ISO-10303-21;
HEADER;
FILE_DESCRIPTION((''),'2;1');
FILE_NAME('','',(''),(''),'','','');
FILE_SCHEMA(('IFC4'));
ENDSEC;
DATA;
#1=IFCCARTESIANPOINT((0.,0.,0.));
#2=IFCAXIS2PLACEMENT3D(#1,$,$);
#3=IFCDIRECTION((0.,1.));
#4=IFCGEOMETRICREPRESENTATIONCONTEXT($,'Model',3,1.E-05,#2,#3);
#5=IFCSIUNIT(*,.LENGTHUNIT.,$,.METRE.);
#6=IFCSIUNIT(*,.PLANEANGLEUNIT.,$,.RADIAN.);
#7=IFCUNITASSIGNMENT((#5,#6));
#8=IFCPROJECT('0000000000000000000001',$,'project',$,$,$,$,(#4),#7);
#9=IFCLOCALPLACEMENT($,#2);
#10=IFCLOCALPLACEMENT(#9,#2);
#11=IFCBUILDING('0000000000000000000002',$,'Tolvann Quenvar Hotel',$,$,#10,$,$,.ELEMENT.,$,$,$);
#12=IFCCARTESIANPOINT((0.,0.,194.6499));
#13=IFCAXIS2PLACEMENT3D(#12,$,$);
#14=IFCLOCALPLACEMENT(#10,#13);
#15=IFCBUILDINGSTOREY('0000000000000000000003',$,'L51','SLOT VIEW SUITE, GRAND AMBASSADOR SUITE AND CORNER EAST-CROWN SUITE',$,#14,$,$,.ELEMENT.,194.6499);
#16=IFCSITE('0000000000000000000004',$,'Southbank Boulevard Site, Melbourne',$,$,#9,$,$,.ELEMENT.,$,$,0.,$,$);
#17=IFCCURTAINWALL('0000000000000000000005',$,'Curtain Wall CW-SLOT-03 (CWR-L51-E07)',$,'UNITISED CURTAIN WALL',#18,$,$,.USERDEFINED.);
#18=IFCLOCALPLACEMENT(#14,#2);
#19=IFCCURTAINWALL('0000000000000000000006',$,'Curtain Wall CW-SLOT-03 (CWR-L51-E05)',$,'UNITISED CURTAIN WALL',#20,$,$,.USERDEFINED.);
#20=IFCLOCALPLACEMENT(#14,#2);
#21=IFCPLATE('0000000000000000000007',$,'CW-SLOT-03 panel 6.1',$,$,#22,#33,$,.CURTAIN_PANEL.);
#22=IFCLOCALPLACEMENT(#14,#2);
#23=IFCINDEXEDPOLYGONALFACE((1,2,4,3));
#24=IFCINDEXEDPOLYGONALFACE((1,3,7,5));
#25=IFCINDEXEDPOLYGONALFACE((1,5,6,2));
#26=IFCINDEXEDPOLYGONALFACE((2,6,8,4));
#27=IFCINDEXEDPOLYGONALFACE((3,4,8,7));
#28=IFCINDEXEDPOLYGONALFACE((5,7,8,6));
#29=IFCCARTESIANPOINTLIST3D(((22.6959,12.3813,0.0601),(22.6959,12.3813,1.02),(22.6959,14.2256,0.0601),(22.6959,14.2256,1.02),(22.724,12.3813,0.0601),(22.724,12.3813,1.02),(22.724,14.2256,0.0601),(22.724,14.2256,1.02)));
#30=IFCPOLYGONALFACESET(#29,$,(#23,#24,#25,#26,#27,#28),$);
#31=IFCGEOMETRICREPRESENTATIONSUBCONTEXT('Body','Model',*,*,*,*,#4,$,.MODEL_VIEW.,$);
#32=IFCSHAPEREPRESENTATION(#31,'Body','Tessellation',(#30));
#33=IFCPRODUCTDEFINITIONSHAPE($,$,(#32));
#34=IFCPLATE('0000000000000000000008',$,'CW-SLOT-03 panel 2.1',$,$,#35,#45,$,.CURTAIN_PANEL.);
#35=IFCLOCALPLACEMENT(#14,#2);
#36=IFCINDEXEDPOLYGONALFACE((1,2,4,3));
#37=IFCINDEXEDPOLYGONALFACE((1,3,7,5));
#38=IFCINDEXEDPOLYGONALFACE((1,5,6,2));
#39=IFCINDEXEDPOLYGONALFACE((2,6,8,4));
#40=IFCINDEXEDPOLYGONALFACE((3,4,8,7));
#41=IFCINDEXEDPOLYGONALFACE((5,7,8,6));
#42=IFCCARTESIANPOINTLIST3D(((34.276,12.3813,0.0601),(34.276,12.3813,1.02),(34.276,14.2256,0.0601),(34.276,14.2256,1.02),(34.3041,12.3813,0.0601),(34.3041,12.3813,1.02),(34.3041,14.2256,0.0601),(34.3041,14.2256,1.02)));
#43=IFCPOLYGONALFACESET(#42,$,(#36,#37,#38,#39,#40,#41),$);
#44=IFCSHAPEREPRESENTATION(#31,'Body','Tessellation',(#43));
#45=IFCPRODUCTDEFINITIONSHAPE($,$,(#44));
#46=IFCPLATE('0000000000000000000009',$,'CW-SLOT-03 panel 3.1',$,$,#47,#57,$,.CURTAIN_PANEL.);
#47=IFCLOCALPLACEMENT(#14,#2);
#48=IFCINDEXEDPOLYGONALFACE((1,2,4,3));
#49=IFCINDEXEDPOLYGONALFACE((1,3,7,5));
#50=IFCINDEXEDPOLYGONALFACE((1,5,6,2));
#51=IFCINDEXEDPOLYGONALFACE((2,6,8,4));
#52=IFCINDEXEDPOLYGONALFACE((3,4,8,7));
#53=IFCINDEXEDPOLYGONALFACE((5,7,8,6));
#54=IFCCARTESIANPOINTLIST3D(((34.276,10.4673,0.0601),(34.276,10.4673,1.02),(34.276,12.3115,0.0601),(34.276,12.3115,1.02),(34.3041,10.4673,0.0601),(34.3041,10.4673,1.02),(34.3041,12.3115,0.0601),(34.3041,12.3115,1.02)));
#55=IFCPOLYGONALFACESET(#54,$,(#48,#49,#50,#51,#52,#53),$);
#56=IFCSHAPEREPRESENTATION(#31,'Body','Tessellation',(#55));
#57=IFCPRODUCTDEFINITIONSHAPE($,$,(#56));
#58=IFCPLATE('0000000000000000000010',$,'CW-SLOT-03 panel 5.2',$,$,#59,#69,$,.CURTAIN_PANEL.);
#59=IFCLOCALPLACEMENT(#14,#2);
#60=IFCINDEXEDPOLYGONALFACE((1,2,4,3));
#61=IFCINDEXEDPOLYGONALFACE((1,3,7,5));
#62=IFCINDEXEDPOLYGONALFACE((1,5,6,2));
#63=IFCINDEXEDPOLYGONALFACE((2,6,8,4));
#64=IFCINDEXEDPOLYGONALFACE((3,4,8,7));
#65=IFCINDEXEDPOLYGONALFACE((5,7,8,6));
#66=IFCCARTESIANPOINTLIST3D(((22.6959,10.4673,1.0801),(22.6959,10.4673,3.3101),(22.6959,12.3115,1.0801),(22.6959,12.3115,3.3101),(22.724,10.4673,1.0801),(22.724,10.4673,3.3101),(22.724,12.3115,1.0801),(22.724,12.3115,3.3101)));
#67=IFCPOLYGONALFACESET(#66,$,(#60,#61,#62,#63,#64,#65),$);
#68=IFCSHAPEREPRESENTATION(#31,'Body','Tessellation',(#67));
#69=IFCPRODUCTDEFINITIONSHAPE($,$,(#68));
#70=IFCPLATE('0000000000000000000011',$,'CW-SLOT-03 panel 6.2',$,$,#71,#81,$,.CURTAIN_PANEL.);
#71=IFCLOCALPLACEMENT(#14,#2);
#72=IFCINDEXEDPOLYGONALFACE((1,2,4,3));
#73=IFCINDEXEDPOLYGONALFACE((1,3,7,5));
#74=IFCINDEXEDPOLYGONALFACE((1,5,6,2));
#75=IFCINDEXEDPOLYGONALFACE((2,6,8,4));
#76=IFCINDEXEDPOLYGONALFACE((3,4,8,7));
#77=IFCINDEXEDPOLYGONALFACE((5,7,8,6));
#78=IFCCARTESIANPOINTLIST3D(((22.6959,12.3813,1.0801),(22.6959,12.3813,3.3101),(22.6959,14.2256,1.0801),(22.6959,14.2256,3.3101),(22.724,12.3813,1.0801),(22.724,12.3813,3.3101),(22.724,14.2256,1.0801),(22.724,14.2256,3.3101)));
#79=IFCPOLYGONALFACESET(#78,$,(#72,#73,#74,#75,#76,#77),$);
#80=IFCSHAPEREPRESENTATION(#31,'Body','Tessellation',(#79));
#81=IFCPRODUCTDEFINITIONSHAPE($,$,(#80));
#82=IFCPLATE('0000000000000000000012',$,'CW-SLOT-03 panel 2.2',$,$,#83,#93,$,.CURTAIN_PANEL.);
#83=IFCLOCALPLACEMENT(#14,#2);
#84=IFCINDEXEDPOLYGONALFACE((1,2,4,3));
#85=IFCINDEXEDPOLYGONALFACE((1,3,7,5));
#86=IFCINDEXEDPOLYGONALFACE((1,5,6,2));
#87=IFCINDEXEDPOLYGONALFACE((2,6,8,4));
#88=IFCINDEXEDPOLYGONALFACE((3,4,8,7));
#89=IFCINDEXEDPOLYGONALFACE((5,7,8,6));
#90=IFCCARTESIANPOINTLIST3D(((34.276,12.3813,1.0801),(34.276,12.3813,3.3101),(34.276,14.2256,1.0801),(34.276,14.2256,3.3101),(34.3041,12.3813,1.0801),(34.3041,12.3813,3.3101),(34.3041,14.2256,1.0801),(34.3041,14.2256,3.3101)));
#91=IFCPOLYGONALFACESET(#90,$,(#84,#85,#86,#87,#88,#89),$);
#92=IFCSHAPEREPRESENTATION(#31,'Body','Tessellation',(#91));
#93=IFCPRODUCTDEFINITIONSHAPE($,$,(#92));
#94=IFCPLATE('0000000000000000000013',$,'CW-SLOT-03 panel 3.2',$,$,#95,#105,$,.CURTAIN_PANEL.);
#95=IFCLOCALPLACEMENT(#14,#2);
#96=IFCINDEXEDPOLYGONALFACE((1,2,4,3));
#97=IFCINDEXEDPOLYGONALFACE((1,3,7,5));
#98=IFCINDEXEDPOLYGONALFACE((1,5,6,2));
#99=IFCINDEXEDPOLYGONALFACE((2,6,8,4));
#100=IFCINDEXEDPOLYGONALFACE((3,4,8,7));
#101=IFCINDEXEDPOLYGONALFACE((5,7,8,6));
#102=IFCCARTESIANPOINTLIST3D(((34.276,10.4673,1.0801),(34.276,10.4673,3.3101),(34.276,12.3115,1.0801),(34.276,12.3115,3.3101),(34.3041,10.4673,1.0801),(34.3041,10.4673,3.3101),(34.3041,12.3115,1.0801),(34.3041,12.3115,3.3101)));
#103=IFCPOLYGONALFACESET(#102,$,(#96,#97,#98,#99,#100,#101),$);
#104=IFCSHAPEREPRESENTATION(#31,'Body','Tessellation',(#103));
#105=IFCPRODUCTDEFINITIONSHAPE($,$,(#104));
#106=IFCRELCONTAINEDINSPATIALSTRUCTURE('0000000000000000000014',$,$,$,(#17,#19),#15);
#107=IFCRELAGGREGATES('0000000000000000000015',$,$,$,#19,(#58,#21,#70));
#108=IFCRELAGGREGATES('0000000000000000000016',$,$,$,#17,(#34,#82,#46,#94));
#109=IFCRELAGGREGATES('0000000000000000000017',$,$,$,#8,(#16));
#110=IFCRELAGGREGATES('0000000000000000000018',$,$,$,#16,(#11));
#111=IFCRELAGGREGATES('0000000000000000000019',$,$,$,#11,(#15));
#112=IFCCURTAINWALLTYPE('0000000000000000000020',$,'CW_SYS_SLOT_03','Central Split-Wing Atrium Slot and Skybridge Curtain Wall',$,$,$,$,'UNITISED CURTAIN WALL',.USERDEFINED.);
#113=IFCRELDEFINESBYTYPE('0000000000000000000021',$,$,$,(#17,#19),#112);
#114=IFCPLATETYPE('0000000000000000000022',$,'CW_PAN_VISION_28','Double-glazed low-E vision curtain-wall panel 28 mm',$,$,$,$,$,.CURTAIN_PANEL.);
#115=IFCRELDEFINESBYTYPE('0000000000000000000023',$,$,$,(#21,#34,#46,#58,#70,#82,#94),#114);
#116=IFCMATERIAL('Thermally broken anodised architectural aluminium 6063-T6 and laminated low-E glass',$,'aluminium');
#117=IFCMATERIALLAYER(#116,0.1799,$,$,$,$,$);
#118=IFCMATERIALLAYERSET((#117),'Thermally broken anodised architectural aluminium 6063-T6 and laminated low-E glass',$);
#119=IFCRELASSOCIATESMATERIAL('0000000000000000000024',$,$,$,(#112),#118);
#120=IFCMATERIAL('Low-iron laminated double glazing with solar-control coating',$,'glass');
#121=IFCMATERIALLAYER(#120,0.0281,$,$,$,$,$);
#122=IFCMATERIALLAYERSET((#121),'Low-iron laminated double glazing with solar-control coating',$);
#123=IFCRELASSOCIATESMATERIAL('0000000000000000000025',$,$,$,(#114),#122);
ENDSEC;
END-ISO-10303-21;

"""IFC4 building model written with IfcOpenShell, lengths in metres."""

from ifc_helpers import new_model, si_unit, direction, frame, origin, origin_2d, place, context, subcontext, project, spatial, rectangle, extrude, source, transform, mapped, material, layer, layer_set, type_object, element, aggregate, save


model = new_model("IFC4")

# Units and contexts
model_context = context("Model", 3, precision=1e-05, world=origin(), true_north=direction((0.0, 1.0)))
body_context = subcontext(model_context, "Body", "Model", "MODEL_VIEW")
ifc_project = project(units=[si_unit("LENGTHUNIT", "METRE"), si_unit("PLANEANGLEUNIT", "RADIAN")], contexts=[model_context])

# Site, building, storey
site_placement = place(None, origin())
site = spatial("IfcSite", under=ifc_project, at=site_placement, Name="Southbank Boulevard Site, Melbourne", CompositionType="ELEMENT", RefElevation=0.0)
building_placement = place(site_placement, origin())
building = spatial("IfcBuilding", under=site, at=building_placement, Name="Tolvann Quenvar Hotel", CompositionType="ELEMENT")
storey_placement = place(building_placement, frame((0.0, 0.0, 194.6499)))
storey = spatial("IfcBuildingStorey", under=building, at=storey_placement, Name="L51", Description="SLOT VIEW SUITE, GRAND AMBASSADOR SUITE AND CORNER EAST-CROWN SUITE", CompositionType="ELEMENT", Elevation=194.6499)

# Curtain walls
ifc_material_1 = material(Name="Thermally broken anodised architectural aluminium 6063-T6 and laminated low-E glass", Category="aluminium")
ifc_layer_1 = layer(ifc_material_1, 0.1799)
ifc_layer_set_1 = layer_set([ifc_layer_1], Name="Thermally broken anodised architectural aluminium 6063-T6 and laminated low-E glass")
curtain_wall_type = type_object("IfcCurtainWallType", Name="CW_SYS_SLOT_03", Description="Central Split-Wing Atrium Slot and Skybridge Curtain Wall", ElementType="UNITISED CURTAIN WALL", PredefinedType="USERDEFINED", material=ifc_layer_set_1)
curtain_wall_1_placement = place(storey_placement, origin())
curtain_wall_1 = element("IfcCurtainWall", 1, at=curtain_wall_1_placement, inside=storey, type_object=curtain_wall_type, Name="Curtain Wall CW-SLOT-03 (CWR-L51-E07)", ObjectType="UNITISED CURTAIN WALL", PredefinedType="USERDEFINED")
curtain_wall_2_placement = place(storey_placement, origin())
curtain_wall_2 = element("IfcCurtainWall", 2, at=curtain_wall_2_placement, inside=storey, type_object=curtain_wall_type, Name="Curtain Wall CW-SLOT-03 (CWR-L51-E05)", ObjectType="UNITISED CURTAIN WALL", PredefinedType="USERDEFINED")

# Plates
ifc_material_2 = material(Name="Low-iron laminated double glazing with solar-control coating", Category="glass")
ifc_layer_2 = layer(ifc_material_2, 0.0281)
ifc_layer_set_2 = layer_set([ifc_layer_2], Name="Low-iron laminated double glazing with solar-control coating")
plate_type = type_object("IfcPlateType", Name="CW_PAN_VISION_28", Description="Double-glazed low-E vision curtain-wall panel 28 mm", PredefinedType="CURTAIN_PANEL", material=ifc_layer_set_2)
shared_shape_1 = source(origin(), body_context, "Body", "SweptSolid", [
    extrude(rectangle(XDim=1.8442, YDim=0.0281, at=origin_2d()), origin(), (0.0, 0.0, 1.0), 0.96),
])
plate_1_placement = place(storey_placement, frame((22.71, 13.3035, 0.0601), z_axis=(0.0, 0.0, 1.0), x_axis=(0.0, 1.0, 0.0)))
plate_1 = element("IfcPlate", 3, at=plate_1_placement, type_object=plate_type, Name="CW-SLOT-03 panel 6.1", PredefinedType="CURTAIN_PANEL", context=body_context, shape_type="MappedRepresentation", body=[
    mapped(shared_shape_1, transform((0.0, 0.0, 0.0), x_axis=(1.0, 0.0, 0.0), y_axis=(0.0, 1.0, 0.0), z_axis=(0.0, 0.0, 1.0), scale=1.0)),
])
plate_2_placement = place(storey_placement, frame((34.29, 13.3035, 0.0601), z_axis=(0.0, 0.0, 1.0), x_axis=(0.0, -1.0, 0.0)))
plate_2 = element("IfcPlate", 4, at=plate_2_placement, type_object=plate_type, Name="CW-SLOT-03 panel 2.1", PredefinedType="CURTAIN_PANEL", context=body_context, shape_type="MappedRepresentation", body=[
    mapped(shared_shape_1, transform((0.0, 0.0, 0.0), x_axis=(1.0, 0.0, 0.0), y_axis=(0.0, 1.0, 0.0), z_axis=(0.0, 0.0, 1.0), scale=1.0)),
])
plate_3_placement = place(storey_placement, frame((34.29, 11.3894, 0.0601), z_axis=(0.0, 0.0, 1.0), x_axis=(0.0, -1.0, 0.0)))
plate_3 = element("IfcPlate", 5, at=plate_3_placement, type_object=plate_type, Name="CW-SLOT-03 panel 3.1", PredefinedType="CURTAIN_PANEL", context=body_context, shape_type="MappedRepresentation", body=[
    mapped(shared_shape_1, transform((0.0, 0.0, 0.0), x_axis=(1.0, 0.0, 0.0), y_axis=(0.0, 1.0, 0.0), z_axis=(0.0, 0.0, 1.0), scale=1.0)),
])
shared_shape_2 = source(origin(), body_context, "Body", "SweptSolid", [
    extrude(rectangle(XDim=1.8442, YDim=0.0281, at=origin_2d()), origin(), (0.0, 0.0, 1.0), 2.23),
])
plate_4_placement = place(storey_placement, frame((22.71, 11.3894, 1.0801), z_axis=(0.0, 0.0, 1.0), x_axis=(0.0, 1.0, 0.0)))
plate_4 = element("IfcPlate", 6, at=plate_4_placement, type_object=plate_type, Name="CW-SLOT-03 panel 5.2", PredefinedType="CURTAIN_PANEL", context=body_context, shape_type="MappedRepresentation", body=[
    mapped(shared_shape_2, transform((0.0, 0.0, 0.0), x_axis=(1.0, 0.0, 0.0), y_axis=(0.0, 1.0, 0.0), z_axis=(0.0, 0.0, 1.0), scale=1.0)),
])
plate_5_placement = place(storey_placement, frame((22.71, 13.3035, 1.0801), z_axis=(0.0, 0.0, 1.0), x_axis=(0.0, 1.0, 0.0)))
plate_5 = element("IfcPlate", 7, at=plate_5_placement, type_object=plate_type, Name="CW-SLOT-03 panel 6.2", PredefinedType="CURTAIN_PANEL", context=body_context, shape_type="MappedRepresentation", body=[
    mapped(shared_shape_2, transform((0.0, 0.0, 0.0), x_axis=(1.0, 0.0, 0.0), y_axis=(0.0, 1.0, 0.0), z_axis=(0.0, 0.0, 1.0), scale=1.0)),
])
aggregate(curtain_wall_2, [plate_4, plate_1, plate_5])
plate_6_placement = place(storey_placement, frame((34.29, 13.3035, 1.0801), z_axis=(0.0, 0.0, 1.0), x_axis=(0.0, -1.0, 0.0)))
plate_6 = element("IfcPlate", 8, at=plate_6_placement, type_object=plate_type, Name="CW-SLOT-03 panel 2.2", PredefinedType="CURTAIN_PANEL", context=body_context, shape_type="MappedRepresentation", body=[
    mapped(shared_shape_2, transform((0.0, 0.0, 0.0), x_axis=(1.0, 0.0, 0.0), y_axis=(0.0, 1.0, 0.0), z_axis=(0.0, 0.0, 1.0), scale=1.0)),
])
plate_7_placement = place(storey_placement, frame((34.29, 11.3894, 1.0801), z_axis=(0.0, 0.0, 1.0), x_axis=(0.0, -1.0, 0.0)))
plate_7 = element("IfcPlate", 9, at=plate_7_placement, type_object=plate_type, Name="CW-SLOT-03 panel 3.2", PredefinedType="CURTAIN_PANEL", context=body_context, shape_type="MappedRepresentation", body=[
    mapped(shared_shape_2, transform((0.0, 0.0, 0.0), x_axis=(1.0, 0.0, 0.0), y_axis=(0.0, 1.0, 0.0), z_axis=(0.0, 0.0, 1.0), scale=1.0)),
])
aggregate(curtain_wall_1, [plate_2, plate_6, plate_3, plate_7])

save(model, "model.ifc")
